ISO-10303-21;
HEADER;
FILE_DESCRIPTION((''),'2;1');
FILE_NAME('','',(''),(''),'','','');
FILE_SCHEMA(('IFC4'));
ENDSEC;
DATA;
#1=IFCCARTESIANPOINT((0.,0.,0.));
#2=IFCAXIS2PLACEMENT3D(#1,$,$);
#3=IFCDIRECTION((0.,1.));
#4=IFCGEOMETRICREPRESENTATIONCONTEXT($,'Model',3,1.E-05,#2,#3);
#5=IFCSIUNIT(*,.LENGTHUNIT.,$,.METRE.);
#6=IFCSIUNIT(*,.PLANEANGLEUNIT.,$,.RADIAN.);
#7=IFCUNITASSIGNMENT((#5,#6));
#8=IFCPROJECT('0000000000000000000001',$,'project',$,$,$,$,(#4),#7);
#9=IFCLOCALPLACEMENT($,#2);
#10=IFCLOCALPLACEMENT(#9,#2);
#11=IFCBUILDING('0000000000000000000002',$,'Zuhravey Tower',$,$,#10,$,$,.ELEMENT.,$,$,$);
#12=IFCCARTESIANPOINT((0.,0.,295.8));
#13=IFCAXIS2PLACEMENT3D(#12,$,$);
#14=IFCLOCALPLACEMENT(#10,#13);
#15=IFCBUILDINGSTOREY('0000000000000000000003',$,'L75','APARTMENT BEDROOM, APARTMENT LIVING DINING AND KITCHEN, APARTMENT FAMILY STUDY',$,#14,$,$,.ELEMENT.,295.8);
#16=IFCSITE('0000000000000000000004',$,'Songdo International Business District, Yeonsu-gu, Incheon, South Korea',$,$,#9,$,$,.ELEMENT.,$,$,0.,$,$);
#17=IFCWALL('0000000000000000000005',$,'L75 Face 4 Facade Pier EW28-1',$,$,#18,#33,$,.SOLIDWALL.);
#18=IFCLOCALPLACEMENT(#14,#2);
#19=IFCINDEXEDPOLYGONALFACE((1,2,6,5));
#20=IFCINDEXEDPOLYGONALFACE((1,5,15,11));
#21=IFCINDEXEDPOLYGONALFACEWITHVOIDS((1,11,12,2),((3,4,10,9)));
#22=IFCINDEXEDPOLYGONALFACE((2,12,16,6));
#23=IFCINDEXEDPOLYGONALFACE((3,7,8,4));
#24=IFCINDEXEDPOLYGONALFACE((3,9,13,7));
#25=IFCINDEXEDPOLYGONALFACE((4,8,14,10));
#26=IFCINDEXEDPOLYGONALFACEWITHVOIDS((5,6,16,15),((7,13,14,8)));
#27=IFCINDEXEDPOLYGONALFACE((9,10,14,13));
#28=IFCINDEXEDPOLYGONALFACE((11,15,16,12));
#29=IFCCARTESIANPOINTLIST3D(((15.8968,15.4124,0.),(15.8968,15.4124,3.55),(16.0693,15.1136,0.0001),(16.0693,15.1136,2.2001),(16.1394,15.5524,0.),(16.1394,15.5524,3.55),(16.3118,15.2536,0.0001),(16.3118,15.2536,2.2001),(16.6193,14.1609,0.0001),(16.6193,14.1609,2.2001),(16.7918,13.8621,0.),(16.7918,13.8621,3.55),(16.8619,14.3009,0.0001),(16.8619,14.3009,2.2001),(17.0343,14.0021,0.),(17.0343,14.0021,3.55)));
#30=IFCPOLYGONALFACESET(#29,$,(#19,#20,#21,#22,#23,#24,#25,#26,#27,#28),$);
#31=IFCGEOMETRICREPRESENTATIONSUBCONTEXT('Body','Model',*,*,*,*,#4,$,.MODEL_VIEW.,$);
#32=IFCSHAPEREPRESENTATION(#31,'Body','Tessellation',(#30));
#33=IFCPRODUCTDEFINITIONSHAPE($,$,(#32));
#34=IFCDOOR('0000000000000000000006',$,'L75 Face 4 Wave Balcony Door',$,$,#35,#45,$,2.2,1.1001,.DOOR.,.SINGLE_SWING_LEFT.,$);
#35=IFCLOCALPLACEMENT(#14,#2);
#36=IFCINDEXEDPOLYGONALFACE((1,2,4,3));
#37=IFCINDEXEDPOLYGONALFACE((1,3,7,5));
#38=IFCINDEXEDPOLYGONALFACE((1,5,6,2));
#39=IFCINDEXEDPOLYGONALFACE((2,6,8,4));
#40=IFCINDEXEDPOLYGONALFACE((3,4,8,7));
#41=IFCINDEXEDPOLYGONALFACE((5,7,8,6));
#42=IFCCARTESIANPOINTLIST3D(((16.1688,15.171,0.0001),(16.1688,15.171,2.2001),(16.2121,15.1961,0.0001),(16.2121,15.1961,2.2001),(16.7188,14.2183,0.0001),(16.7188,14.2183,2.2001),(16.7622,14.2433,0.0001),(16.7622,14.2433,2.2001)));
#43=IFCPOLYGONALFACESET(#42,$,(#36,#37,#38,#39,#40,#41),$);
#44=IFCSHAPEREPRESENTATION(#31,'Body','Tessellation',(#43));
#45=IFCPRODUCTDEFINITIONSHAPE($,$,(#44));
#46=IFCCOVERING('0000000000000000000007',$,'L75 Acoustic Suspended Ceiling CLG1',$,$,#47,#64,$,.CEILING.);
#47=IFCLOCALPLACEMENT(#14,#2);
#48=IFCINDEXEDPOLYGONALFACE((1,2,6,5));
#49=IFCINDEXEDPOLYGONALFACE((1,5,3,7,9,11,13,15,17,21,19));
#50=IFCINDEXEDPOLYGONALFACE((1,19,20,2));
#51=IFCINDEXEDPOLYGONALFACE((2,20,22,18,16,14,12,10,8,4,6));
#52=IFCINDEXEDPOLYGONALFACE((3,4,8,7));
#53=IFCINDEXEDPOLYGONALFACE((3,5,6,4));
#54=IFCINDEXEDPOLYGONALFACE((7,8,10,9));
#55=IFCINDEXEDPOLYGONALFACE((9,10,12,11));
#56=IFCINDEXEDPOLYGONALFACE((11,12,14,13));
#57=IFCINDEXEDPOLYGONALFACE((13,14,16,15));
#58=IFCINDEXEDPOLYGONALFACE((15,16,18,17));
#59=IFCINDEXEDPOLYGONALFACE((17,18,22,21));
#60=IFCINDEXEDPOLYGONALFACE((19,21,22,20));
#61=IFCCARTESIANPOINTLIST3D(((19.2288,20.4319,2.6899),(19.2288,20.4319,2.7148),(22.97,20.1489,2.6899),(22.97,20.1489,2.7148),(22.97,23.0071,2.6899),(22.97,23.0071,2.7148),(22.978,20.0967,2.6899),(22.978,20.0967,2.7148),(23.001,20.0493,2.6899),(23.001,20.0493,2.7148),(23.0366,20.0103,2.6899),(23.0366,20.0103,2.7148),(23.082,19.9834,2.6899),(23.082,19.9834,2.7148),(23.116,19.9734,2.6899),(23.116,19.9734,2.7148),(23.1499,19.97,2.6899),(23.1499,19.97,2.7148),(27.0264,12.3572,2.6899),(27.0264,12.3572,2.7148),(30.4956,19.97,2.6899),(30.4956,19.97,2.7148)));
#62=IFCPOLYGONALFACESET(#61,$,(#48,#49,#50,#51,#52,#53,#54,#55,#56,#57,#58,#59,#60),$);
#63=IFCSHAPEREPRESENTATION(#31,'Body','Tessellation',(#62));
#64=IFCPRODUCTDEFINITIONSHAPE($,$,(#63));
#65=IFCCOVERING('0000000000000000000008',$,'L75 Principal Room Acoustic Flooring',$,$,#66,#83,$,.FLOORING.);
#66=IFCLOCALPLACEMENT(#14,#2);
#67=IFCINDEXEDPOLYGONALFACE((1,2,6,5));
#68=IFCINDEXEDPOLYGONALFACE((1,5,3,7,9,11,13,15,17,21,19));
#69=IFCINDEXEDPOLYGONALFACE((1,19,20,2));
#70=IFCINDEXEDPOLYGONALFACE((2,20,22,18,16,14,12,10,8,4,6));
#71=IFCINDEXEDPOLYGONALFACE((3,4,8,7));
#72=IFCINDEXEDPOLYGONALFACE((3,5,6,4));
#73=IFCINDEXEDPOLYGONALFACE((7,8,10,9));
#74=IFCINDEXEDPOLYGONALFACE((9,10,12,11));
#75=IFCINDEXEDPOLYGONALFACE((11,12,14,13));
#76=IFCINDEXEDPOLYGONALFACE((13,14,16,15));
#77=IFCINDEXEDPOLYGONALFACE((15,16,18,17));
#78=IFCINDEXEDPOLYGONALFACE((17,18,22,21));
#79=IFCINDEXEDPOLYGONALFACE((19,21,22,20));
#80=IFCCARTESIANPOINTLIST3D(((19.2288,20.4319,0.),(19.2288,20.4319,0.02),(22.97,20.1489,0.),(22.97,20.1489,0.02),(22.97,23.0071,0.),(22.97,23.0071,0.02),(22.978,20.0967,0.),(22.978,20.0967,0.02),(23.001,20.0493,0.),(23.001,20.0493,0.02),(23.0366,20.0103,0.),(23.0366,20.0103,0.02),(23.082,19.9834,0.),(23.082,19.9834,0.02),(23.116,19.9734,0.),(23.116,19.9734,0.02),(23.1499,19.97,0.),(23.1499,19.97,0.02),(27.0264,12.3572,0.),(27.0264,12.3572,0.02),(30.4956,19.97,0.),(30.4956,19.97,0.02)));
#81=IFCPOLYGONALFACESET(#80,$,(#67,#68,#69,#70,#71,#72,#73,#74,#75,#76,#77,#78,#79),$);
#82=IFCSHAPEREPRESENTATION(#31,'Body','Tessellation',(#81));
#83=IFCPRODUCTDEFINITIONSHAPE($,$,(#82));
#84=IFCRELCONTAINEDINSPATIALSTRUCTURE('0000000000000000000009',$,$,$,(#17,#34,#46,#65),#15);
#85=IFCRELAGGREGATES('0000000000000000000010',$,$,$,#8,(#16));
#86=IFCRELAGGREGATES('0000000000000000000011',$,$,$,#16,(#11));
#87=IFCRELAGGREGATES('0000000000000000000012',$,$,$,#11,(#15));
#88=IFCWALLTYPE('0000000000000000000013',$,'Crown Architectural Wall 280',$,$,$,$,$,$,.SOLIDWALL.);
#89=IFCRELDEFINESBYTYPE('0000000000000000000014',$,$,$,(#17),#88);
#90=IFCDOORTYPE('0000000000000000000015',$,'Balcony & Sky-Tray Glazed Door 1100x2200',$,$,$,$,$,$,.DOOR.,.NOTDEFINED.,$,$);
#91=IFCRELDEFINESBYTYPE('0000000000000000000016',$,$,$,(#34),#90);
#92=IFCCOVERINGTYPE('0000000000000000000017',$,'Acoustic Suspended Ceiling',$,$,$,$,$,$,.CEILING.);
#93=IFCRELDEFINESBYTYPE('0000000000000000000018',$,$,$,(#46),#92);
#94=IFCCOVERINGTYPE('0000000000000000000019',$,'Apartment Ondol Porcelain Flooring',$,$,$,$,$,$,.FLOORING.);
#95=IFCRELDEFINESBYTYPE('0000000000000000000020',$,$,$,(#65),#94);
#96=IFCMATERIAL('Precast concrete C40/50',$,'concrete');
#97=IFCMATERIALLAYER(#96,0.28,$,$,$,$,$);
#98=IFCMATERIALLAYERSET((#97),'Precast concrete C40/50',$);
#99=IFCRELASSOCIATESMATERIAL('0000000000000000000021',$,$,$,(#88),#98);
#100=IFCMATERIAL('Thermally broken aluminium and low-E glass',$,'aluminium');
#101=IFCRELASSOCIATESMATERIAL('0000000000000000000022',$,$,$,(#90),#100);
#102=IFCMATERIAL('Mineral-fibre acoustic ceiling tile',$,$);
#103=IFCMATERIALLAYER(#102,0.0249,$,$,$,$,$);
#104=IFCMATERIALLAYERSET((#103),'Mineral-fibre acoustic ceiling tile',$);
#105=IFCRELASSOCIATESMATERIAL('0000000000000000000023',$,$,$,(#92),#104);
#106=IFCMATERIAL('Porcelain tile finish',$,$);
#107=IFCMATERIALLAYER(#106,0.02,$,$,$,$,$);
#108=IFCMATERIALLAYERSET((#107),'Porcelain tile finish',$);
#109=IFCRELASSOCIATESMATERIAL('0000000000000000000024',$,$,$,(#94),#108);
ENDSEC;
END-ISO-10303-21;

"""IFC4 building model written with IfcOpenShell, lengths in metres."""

from ifc_helpers import new_model, si_unit, direction, frame, frame_2d, origin, place, context, subcontext, project, spatial, polyline, rectangle, outline, extrude, material, layer, layer_set, type_object, element, fill, save


model = new_model("IFC4")

# Units and contexts
model_context = context("Model", 3, precision=1e-05, world=origin(), true_north=direction((0.0, 1.0)))
body_context = subcontext(model_context, "Body", "Model", "MODEL_VIEW")
ifc_project = project(units=[si_unit("LENGTHUNIT", "METRE"), si_unit("PLANEANGLEUNIT", "RADIAN")], contexts=[model_context])

# Site, building, storey
site_placement = place(None, origin())
site = spatial("IfcSite", under=ifc_project, at=site_placement, Name="Songdo International Business District, Yeonsu-gu, Incheon, South Korea", CompositionType="ELEMENT", RefElevation=0.0)
building_placement = place(site_placement, origin())
building = spatial("IfcBuilding", under=site, at=building_placement, Name="Zuhravey Tower", CompositionType="ELEMENT")
storey_placement = place(building_placement, frame((0.0, 0.0, 295.8)))
storey = spatial("IfcBuildingStorey", under=building, at=storey_placement, Name="L75", Description="APARTMENT BEDROOM, APARTMENT LIVING DINING AND KITCHEN, APARTMENT FAMILY STUDY", CompositionType="ELEMENT", Elevation=295.8)

# Wall, opening, door
ifc_material_1 = material(Name="Precast concrete C40/50", Category="concrete")
ifc_layer_1 = layer(ifc_material_1, 0.28)
ifc_layer_set_1 = layer_set([ifc_layer_1], Name="Precast concrete C40/50")
wall_type = type_object("IfcWallType", Name="Crown Architectural Wall 280", PredefinedType="SOLIDWALL", material=ifc_layer_set_1)
wall_placement = place(storey_placement, frame((16.9131, 13.9321, 0.0), z_axis=(0.0, 0.0, 1.0), x_axis=(-0.499982, 0.866036, 0.0)))
wall = element("IfcWall", 1, at=wall_placement, inside=storey, type_object=wall_type, Name="L75 Face 4 Facade Pier EW28-1", PredefinedType="SOLIDWALL", context=body_context, shape_type="SweptSolid", body=[
    extrude(rectangle(XDim=1.79, YDim=0.28, at=frame_2d((0.895, 0.0))), origin(), (0.0, 0.0, 1.0), 3.55),
])
opening_placement = place(wall_placement, frame((0.345, 0.0, 0.0)))
opening = element("IfcOpeningElement", 2, at=opening_placement, cuts=wall, PredefinedType="OPENING", context=body_context, shape_type="SweptSolid", body=[
    extrude(rectangle(XDim=1.1001, YDim=2.2, at=frame_2d((0.55, 1.1001))), frame((0.0, 0.1521, 0.0), z_axis=(0.0, -1.0, 0.0), x_axis=(1.0, 0.0, 0.0)), (0.0, 0.0, 1.0), 0.304),
])
ifc_material_2 = material(Name="Thermally broken aluminium and low-E glass", Category="aluminium")
door_type = type_object("IfcDoorType", Name="Balcony & Sky-Tray Glazed Door 1100x2200", OperationType="NOTDEFINED", PredefinedType="DOOR", material=ifc_material_2)
door_placement = place(opening_placement, frame((1.1001, 0.0, 0.0), z_axis=(0.0, 0.0, 1.0), x_axis=(-1.0, 0.0, 0.0)))
door = element("IfcDoor", 3, at=door_placement, inside=storey, type_object=door_type, Name="L75 Face 4 Wave Balcony Door", OperationType="SINGLE_SWING_LEFT", OverallHeight=2.2, OverallWidth=1.1001, PredefinedType="DOOR", context=body_context, shape_type="SweptSolid", body=[
    extrude(rectangle(XDim=1.1001, YDim=2.2, at=frame_2d((0.55, 1.1001))), frame((0.0, 0.0249, 0.0), z_axis=(0.0, -1.0, 0.0), x_axis=(1.0, 0.0, 0.0)), (0.0, 0.0, 1.0), 0.05),
])
fill(opening, door)

# Coverings
ifc_material_3 = material(Name="Mineral-fibre acoustic ceiling tile")
ifc_layer_2 = layer(ifc_material_3, 0.0249)
ifc_layer_set_2 = layer_set([ifc_layer_2], Name="Mineral-fibre acoustic ceiling tile")
covering_type_1 = type_object("IfcCoveringType", Name="Acoustic Suspended Ceiling", PredefinedType="CEILING", material=ifc_layer_set_2)
covering_1_placement = place(storey_placement, frame((0.0, 0.0, 2.6899)))
element("IfcCovering", 4, at=covering_1_placement, inside=storey, type_object=covering_type_1, Name="L75 Acoustic Suspended Ceiling CLG1", PredefinedType="CEILING", context=body_context, shape_type="SweptSolid", body=[
    extrude(outline(polyline([(22.97, 23.0071), (22.97, 20.1489), (22.978, 20.0967), (23.001, 20.0493), (23.0366, 20.0103), (23.082, 19.9834), (23.116, 19.9734), (23.1499, 19.97), (30.4956, 19.97), (27.0264, 12.3572), (19.2288, 20.4319), (22.97, 23.0071)])), origin(), (0.0, 0.0, 1.0), 0.0249),
])
ifc_material_4 = material(Name="Porcelain tile finish")
ifc_layer_3 = layer(ifc_material_4, 0.02)
ifc_layer_set_3 = layer_set([ifc_layer_3], Name="Porcelain tile finish")
covering_type_2 = type_object("IfcCoveringType", Name="Apartment Ondol Porcelain Flooring", PredefinedType="FLOORING", material=ifc_layer_set_3)
covering_2_placement = place(storey_placement, origin())
element("IfcCovering", 5, at=covering_2_placement, inside=storey, type_object=covering_type_2, Name="L75 Principal Room Acoustic Flooring", PredefinedType="FLOORING", context=body_context, shape_type="SweptSolid", body=[
    extrude(outline(polyline([(22.97, 23.0071), (22.97, 20.1489), (22.978, 20.0967), (23.001, 20.0493), (23.0366, 20.0103), (23.082, 19.9834), (23.116, 19.9734), (23.1499, 19.97), (30.4956, 19.97), (27.0264, 12.3572), (19.2288, 20.4319), (22.97, 23.0071)])), origin(), (0.0, 0.0, 1.0), 0.02),
])

save(model, "model.ifc")
